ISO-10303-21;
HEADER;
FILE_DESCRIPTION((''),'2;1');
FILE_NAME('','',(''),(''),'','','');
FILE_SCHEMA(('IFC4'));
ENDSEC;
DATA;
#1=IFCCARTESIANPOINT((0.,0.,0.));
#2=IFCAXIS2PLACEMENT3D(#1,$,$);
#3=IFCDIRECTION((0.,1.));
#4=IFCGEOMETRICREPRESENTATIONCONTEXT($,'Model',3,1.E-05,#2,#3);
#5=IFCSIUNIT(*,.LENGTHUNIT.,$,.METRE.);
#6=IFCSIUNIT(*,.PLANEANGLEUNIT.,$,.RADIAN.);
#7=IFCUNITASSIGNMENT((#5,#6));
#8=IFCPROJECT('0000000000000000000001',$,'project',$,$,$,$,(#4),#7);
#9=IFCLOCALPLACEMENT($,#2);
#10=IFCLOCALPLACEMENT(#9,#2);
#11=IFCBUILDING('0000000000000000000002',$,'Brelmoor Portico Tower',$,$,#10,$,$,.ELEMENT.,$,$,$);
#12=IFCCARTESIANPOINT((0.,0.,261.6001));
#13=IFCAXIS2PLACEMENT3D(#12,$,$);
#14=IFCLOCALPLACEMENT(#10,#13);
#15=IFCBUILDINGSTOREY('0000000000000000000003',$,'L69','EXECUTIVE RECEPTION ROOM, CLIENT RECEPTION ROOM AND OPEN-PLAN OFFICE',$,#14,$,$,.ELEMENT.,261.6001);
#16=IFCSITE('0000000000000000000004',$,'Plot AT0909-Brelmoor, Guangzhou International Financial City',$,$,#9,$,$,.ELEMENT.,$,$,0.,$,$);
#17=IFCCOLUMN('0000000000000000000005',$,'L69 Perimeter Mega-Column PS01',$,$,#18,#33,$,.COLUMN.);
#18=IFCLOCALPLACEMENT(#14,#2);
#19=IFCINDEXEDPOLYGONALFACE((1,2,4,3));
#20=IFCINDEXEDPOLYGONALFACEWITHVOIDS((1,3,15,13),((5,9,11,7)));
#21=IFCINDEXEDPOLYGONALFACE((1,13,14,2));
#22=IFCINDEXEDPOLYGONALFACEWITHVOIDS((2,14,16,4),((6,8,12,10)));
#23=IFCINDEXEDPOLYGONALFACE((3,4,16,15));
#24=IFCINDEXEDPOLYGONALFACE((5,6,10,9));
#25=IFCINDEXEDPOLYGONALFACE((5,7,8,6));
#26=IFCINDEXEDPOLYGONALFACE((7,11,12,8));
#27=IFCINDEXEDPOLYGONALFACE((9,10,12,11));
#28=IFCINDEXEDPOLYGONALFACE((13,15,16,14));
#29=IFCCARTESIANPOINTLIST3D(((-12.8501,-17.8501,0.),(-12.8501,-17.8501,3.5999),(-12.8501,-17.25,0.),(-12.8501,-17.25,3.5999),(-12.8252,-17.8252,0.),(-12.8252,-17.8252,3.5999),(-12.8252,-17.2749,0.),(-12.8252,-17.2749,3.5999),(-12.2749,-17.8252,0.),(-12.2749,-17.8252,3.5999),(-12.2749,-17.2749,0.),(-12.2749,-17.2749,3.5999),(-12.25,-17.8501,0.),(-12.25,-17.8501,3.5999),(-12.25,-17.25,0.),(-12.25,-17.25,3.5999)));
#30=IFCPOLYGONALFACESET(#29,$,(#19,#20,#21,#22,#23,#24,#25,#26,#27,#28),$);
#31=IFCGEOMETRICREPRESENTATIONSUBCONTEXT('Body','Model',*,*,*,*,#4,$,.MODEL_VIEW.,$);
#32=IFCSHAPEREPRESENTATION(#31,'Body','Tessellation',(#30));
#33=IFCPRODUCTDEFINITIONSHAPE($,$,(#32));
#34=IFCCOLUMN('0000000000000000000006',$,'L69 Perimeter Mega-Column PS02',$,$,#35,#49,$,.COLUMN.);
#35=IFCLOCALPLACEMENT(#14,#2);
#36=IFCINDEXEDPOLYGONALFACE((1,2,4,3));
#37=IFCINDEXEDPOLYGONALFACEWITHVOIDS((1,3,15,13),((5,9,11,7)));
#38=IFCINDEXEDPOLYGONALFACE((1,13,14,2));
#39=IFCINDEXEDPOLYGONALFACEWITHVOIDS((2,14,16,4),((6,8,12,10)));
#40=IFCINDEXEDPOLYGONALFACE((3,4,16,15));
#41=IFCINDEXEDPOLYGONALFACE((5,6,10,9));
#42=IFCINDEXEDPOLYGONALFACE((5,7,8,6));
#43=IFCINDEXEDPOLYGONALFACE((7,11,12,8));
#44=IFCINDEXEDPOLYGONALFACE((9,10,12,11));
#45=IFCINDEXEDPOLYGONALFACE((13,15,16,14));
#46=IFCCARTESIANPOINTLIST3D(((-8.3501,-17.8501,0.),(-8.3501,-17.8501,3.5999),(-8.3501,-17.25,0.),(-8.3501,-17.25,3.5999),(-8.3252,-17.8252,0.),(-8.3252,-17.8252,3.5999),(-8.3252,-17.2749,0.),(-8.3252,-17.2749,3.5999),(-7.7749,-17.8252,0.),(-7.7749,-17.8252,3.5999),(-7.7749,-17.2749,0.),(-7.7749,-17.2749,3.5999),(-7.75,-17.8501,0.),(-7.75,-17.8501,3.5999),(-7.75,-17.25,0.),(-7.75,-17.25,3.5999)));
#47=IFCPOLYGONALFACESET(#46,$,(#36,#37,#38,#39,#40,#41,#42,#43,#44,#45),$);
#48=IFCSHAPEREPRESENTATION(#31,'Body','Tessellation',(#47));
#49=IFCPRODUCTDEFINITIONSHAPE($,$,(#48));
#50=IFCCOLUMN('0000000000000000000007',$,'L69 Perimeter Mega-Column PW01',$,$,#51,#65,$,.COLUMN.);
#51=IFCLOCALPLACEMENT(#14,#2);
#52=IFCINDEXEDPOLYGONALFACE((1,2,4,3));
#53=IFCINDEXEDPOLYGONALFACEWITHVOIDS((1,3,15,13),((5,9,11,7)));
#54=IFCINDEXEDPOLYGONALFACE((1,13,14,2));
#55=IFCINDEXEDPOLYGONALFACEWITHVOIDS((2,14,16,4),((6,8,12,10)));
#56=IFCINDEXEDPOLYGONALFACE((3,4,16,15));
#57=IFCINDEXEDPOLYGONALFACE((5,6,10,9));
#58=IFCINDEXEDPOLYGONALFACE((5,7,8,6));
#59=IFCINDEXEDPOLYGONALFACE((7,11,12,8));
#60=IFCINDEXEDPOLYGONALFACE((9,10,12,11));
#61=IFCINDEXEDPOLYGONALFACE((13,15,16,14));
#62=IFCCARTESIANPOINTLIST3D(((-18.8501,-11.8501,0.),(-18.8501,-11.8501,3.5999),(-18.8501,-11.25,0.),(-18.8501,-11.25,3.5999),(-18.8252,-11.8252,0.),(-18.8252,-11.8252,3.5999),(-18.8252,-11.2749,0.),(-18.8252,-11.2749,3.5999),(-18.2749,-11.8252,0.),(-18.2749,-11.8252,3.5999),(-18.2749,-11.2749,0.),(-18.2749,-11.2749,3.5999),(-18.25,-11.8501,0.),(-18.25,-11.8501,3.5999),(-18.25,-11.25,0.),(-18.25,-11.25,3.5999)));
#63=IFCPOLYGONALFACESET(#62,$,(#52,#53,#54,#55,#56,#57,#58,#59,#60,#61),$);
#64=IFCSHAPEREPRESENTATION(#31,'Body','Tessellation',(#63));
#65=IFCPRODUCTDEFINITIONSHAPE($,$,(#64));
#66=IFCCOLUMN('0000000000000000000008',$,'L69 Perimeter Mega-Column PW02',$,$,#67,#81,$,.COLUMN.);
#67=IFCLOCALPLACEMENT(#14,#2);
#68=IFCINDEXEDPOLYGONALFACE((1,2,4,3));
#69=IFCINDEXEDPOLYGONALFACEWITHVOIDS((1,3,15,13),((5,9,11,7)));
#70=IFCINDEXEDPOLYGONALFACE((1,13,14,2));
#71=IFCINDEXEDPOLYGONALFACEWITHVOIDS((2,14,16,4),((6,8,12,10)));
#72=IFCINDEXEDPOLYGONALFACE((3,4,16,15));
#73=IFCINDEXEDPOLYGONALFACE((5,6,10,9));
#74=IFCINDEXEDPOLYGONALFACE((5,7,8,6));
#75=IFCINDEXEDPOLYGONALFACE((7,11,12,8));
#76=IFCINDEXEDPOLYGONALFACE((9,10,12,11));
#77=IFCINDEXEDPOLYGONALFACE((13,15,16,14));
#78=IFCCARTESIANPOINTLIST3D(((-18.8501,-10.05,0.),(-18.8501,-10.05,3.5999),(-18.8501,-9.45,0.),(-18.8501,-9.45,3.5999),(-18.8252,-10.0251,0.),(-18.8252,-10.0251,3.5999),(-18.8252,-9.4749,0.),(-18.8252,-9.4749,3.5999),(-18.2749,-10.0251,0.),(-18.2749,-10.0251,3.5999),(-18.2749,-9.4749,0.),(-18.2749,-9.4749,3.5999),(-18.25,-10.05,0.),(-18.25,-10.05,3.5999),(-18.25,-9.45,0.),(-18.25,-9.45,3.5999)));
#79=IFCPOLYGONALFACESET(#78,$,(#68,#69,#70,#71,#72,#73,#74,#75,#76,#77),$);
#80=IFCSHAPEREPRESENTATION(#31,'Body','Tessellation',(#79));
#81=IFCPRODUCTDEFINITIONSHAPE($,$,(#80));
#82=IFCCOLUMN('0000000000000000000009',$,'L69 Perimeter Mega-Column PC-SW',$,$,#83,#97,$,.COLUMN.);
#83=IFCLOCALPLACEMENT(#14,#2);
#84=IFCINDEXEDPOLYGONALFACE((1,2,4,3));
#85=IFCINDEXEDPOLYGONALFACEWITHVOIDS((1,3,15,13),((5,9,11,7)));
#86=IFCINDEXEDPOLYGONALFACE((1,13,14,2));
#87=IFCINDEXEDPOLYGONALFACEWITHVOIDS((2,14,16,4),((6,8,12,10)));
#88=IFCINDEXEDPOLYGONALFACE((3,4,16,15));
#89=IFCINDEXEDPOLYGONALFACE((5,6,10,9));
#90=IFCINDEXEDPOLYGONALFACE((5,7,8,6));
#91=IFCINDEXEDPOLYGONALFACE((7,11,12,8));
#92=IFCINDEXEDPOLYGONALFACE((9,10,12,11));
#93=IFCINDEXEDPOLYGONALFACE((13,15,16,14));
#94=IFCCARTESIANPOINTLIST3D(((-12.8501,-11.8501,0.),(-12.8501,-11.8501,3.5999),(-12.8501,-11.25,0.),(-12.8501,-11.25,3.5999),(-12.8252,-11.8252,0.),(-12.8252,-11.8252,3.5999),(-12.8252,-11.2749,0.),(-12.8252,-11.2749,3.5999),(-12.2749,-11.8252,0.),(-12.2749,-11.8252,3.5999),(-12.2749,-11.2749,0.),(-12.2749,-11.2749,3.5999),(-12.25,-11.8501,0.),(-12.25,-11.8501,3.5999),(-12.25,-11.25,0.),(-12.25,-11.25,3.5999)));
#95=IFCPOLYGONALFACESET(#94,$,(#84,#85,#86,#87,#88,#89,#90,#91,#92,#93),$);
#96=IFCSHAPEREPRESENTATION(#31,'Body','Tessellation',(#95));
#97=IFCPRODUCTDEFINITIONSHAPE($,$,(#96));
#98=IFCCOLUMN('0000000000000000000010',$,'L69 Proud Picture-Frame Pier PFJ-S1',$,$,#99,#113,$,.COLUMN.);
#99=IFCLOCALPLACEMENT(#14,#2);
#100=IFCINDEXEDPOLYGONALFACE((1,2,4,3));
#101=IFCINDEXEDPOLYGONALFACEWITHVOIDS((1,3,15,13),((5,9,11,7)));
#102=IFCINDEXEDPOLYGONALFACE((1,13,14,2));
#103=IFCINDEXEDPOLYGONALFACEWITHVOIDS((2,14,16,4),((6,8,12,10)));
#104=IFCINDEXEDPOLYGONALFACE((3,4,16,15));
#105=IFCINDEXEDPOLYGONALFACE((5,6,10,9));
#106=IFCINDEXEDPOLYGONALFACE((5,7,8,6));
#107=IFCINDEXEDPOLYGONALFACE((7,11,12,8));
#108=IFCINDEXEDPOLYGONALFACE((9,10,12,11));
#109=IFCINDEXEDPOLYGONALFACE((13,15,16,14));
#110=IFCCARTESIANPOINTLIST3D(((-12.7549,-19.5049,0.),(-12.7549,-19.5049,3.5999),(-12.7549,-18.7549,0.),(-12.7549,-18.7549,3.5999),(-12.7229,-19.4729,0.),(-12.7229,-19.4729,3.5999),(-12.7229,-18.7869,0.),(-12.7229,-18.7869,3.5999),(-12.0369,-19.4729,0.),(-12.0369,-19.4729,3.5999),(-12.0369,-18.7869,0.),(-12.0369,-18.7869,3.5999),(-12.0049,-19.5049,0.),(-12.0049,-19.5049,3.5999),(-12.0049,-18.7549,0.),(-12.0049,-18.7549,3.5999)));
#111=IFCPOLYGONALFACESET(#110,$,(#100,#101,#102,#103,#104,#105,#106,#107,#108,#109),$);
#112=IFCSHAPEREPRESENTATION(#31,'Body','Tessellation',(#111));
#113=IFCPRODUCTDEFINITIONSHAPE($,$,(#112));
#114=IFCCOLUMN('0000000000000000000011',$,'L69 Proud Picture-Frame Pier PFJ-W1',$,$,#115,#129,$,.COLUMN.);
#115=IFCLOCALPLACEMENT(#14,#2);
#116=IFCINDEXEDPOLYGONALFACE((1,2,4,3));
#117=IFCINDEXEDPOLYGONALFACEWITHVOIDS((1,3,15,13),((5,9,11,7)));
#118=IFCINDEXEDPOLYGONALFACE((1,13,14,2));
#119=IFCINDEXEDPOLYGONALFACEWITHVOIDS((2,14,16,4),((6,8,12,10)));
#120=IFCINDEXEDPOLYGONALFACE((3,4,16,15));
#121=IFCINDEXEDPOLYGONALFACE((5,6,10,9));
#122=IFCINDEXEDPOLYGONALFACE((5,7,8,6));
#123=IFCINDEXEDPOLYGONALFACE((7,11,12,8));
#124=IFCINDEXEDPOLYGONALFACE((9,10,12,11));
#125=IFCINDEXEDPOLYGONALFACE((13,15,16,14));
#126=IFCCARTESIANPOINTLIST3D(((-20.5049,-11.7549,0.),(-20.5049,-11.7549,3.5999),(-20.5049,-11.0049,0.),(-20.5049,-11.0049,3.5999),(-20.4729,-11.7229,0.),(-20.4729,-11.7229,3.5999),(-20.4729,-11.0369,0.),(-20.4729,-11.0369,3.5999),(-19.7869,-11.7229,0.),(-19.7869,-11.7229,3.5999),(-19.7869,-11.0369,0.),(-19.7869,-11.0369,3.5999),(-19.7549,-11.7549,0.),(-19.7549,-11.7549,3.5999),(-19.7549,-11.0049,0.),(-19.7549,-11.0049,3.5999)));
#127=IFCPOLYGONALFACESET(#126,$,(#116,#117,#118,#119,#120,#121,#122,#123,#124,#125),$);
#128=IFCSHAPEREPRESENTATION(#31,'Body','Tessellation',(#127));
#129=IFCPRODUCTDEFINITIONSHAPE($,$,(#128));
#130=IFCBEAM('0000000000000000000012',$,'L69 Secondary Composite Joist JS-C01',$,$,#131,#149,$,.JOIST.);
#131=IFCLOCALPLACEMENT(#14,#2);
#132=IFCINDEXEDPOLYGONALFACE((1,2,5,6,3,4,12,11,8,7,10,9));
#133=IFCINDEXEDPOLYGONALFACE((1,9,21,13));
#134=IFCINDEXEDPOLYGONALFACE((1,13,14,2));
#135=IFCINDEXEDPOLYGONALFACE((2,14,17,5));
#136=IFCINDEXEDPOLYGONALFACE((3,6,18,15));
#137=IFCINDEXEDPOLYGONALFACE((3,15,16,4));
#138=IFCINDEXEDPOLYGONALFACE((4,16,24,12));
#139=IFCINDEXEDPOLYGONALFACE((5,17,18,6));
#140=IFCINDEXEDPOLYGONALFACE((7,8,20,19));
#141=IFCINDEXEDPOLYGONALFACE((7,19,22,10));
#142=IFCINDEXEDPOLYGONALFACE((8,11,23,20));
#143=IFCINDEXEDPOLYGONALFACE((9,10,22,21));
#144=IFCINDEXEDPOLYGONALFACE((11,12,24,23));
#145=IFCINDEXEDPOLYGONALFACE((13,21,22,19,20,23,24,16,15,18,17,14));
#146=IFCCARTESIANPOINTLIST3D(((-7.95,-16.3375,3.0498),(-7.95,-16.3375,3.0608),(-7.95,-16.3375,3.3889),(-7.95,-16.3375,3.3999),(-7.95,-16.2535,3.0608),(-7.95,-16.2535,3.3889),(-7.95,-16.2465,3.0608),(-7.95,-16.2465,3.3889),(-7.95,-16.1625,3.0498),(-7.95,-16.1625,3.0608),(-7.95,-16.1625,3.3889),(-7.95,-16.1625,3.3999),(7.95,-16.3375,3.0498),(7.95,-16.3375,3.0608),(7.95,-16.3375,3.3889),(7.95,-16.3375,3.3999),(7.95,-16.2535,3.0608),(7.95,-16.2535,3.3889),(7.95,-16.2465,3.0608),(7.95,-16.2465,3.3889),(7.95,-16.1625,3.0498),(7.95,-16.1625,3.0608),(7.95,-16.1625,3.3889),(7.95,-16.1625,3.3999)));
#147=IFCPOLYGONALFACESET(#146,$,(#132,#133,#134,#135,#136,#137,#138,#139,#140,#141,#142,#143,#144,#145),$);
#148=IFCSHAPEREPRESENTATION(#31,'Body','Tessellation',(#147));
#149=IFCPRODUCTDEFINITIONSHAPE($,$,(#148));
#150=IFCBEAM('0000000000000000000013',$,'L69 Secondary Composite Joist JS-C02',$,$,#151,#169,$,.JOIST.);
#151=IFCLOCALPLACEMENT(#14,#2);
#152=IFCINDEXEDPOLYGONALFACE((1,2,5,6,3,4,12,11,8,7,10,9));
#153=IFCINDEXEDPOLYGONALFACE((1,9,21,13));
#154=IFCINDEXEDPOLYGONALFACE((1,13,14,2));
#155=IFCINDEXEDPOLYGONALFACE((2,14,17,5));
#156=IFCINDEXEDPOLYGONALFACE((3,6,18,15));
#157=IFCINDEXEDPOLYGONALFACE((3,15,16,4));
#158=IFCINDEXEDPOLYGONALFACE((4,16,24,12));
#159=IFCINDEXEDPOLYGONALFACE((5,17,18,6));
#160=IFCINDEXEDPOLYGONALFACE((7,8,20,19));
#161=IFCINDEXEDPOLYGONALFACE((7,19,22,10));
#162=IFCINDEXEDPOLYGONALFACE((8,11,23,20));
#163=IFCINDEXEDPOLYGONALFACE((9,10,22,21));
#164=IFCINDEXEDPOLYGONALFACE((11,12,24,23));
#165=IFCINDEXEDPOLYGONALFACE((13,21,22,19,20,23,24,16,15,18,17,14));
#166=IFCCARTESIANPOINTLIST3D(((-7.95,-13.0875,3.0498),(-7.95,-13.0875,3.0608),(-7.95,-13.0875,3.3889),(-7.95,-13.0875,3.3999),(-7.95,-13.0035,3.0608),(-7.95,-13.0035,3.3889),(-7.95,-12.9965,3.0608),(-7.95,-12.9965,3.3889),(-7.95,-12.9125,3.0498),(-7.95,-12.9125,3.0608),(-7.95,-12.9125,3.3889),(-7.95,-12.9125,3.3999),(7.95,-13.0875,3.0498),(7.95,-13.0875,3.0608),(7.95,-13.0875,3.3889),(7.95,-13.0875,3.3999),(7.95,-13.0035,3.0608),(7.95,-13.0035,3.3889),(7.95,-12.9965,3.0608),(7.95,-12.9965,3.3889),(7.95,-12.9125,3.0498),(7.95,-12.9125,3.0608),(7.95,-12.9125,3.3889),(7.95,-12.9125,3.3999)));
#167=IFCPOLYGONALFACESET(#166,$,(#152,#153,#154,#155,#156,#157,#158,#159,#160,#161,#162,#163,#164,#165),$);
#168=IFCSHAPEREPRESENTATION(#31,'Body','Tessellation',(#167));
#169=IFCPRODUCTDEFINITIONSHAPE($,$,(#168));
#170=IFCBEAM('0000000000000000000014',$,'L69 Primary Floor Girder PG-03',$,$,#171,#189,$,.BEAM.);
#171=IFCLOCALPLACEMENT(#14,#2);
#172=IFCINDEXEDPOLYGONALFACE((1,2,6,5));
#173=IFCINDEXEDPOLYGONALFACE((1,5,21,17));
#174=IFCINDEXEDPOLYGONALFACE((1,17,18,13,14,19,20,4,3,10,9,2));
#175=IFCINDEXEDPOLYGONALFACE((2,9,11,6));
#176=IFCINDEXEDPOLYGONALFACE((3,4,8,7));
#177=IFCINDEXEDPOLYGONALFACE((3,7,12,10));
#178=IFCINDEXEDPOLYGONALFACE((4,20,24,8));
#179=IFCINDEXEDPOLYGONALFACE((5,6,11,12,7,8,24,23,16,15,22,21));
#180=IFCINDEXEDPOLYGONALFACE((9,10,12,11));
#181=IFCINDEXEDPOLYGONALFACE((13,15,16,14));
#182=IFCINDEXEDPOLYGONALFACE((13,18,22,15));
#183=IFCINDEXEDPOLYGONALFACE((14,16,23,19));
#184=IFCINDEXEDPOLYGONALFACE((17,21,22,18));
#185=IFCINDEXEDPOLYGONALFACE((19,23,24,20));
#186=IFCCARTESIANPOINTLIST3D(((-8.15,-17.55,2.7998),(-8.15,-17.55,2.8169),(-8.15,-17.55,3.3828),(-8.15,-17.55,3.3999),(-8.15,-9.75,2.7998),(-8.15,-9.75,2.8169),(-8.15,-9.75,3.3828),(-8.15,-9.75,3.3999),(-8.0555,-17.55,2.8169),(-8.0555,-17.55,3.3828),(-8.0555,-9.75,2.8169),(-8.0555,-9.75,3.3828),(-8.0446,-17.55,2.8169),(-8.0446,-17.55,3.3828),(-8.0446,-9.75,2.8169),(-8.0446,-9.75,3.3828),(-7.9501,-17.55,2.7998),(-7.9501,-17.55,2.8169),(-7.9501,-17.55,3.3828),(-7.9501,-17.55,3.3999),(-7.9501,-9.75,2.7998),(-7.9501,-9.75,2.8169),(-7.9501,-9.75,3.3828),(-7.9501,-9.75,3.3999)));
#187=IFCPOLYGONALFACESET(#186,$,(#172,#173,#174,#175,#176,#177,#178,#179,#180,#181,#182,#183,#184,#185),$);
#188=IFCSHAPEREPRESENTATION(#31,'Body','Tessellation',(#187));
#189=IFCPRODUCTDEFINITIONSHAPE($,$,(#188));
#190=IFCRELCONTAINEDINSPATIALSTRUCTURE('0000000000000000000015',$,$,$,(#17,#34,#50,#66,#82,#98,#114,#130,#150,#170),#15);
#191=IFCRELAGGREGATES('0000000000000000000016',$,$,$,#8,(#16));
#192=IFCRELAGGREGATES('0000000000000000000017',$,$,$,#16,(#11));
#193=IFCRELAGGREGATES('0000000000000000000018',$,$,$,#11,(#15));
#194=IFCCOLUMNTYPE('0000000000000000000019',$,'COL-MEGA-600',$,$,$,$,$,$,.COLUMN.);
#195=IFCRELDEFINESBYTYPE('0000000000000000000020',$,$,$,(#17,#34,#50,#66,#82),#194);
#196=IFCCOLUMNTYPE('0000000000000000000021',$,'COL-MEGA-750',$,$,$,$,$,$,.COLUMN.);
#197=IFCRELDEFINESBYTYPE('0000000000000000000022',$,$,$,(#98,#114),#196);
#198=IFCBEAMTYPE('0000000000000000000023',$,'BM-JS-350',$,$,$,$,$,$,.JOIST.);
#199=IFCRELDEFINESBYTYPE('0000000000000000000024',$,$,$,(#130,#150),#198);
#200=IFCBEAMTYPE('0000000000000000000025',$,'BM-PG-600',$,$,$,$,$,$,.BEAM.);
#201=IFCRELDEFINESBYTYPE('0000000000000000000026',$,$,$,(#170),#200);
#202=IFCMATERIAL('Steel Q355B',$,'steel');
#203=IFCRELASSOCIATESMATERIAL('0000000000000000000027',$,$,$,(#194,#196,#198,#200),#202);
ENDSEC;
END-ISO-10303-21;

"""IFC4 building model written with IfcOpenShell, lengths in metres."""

from ifc_helpers import new_model, si_unit, direction, frame, origin, origin_2d, place, context, subcontext, project, spatial, hollow_rectangle, i_section, extrude, material, material_profile, profile_set, type_object, element, save


model = new_model("IFC4")

# Units and contexts
model_context = context("Model", 3, precision=1e-05, world=origin(), true_north=direction((0.0, 1.0)))
body_context = subcontext(model_context, "Body", "Model", "MODEL_VIEW")
ifc_project = project(units=[si_unit("LENGTHUNIT", "METRE"), si_unit("PLANEANGLEUNIT", "RADIAN")], contexts=[model_context])

# Site, building, storey
site_placement = place(None, origin())
site = spatial("IfcSite", under=ifc_project, at=site_placement, Name="Plot AT0909-Brelmoor, Guangzhou International Financial City", CompositionType="ELEMENT", RefElevation=0.0)
building_placement = place(site_placement, origin())
building = spatial("IfcBuilding", under=site, at=building_placement, Name="Brelmoor Portico Tower", CompositionType="ELEMENT")
storey_placement = place(building_placement, frame((0.0, 0.0, 261.6001)))
storey = spatial("IfcBuildingStorey", under=building, at=storey_placement, Name="L69", Description="EXECUTIVE RECEPTION ROOM, CLIENT RECEPTION ROOM AND OPEN-PLAN OFFICE", CompositionType="ELEMENT", Elevation=261.6001)

# Columns
ifc_material_1 = material(Name="Steel Q355B", Category="steel")
ifc_material_profile_1 = material_profile(ifc_material_1, hollow_rectangle(XDim=0.6001, YDim=0.6001, WallThickness=0.0249, at=origin_2d()), Name="BOX 600x600x25")
ifc_profile_set_1 = profile_set([ifc_material_profile_1], Name="Steel Q355B")
column_type_1 = type_object("IfcColumnType", Name="COL-MEGA-600", PredefinedType="COLUMN", material=ifc_profile_set_1)
for number, where, z_axis, x_axis, name in (
    (1, (-12.55, -17.55, 0.0), (0.0, 0.0, 1.0), (1.0, 0.0, 0.0), "L69 Perimeter Mega-Column PS01"),
    (2, (-8.05, -17.55, 0.0), (0.0, 0.0, 1.0), (1.0, 0.0, 0.0), "L69 Perimeter Mega-Column PS02"),
    (3, (-18.55, -11.55, 0.0), (0.0, 0.0, 1.0), (0.0, 1.0, 0.0), "L69 Perimeter Mega-Column PW01"),
    (4, (-18.55, -9.75, 0.0), (0.0, 0.0, 1.0), (0.0, 1.0, 0.0), "L69 Perimeter Mega-Column PW02"),
    (5, (-12.55, -11.55, 0.0), (0.0, 0.0, 1.0), (1.0, 0.0, 0.0), "L69 Perimeter Mega-Column PC-SW"),
):
    element("IfcColumn", number, at=place(storey_placement, frame(where, z_axis=z_axis, x_axis=x_axis)), inside=storey, type_object=column_type_1, Name=name, PredefinedType="COLUMN", context=body_context, shape_type="SweptSolid", body=[
        extrude(hollow_rectangle(XDim=0.6001, YDim=0.6001, WallThickness=0.0249, at=origin_2d()), origin(), (0.0, 0.0, 1.0), 3.5999),
    ])
ifc_material_profile_2 = material_profile(ifc_material_1, hollow_rectangle(XDim=0.75, YDim=0.75, WallThickness=0.032, at=origin_2d()), Name="BOX 750x750x32")
ifc_profile_set_2 = profile_set([ifc_material_profile_2], Name="Steel Q355B")
column_type_2 = type_object("IfcColumnType", Name="COL-MEGA-750", PredefinedType="COLUMN", material=ifc_profile_set_2)
for number, where, z_axis, x_axis, name in (
    (6, (-12.3799, -19.1299, 0.0), (0.0, 0.0, 1.0), (1.0, 0.0, 0.0), "L69 Proud Picture-Frame Pier PFJ-S1"),
    (7, (-20.1299, -11.3799, 0.0), (0.0, 0.0, 1.0), (0.0, 1.0, 0.0), "L69 Proud Picture-Frame Pier PFJ-W1"),
):
    element("IfcColumn", number, at=place(storey_placement, frame(where, z_axis=z_axis, x_axis=x_axis)), inside=storey, type_object=column_type_2, Name=name, PredefinedType="COLUMN", context=body_context, shape_type="SweptSolid", body=[
        extrude(hollow_rectangle(XDim=0.75, YDim=0.75, WallThickness=0.032, at=origin_2d()), origin(), (0.0, 0.0, 1.0), 3.5999),
    ])

# Beams
ifc_material_profile_3 = material_profile(ifc_material_1, i_section(OverallWidth=0.175, OverallDepth=0.3501, WebThickness=0.0071, FlangeThickness=0.011, at=origin_2d()), Name="HN 350x175x7x11")
ifc_profile_set_3 = profile_set([ifc_material_profile_3], Name="Steel Q355B")
beam_type_1 = type_object("IfcBeamType", Name="BM-JS-350", PredefinedType="JOIST", material=ifc_profile_set_3)
for number, where, z_axis, x_axis, name in (
    (8, (-7.95, -16.25, 3.2249), (1.0, 0.0, 0.0), (0.0, 1.0, 0.0), "L69 Secondary Composite Joist JS-C01"),
    (9, (-7.95, -13.0, 3.2249), (1.0, 0.0, 0.0), (0.0, 1.0, 0.0), "L69 Secondary Composite Joist JS-C02"),
):
    element("IfcBeam", number, at=place(storey_placement, frame(where, z_axis=z_axis, x_axis=x_axis)), inside=storey, type_object=beam_type_1, Name=name, PredefinedType="JOIST", context=body_context, shape_type="SweptSolid", body=[
        extrude(i_section(OverallWidth=0.175, OverallDepth=0.3501, WebThickness=0.0071, FlangeThickness=0.011, at=origin_2d()), origin(), (0.0, 0.0, 1.0), 15.8999),
    ])
ifc_material_profile_4 = material_profile(ifc_material_1, i_section(OverallWidth=0.2, OverallDepth=0.6001, WebThickness=0.011, FlangeThickness=0.0171, at=origin_2d()), Name="HN 600x200x11x17")
ifc_profile_set_4 = profile_set([ifc_material_profile_4], Name="Steel Q355B")
beam_type_2 = type_object("IfcBeamType", Name="BM-PG-600", PredefinedType="BEAM", material=ifc_profile_set_4)
beam_1_placement = place(storey_placement, frame((-8.05, -17.55, 3.0999), z_axis=(0.0, 1.0, 0.0), x_axis=(-1.0, 0.0, 0.0)))
element("IfcBeam", 10, at=beam_1_placement, inside=storey, type_object=beam_type_2, Name="L69 Primary Floor Girder PG-03", PredefinedType="BEAM", context=body_context, shape_type="SweptSolid", body=[
    extrude(i_section(OverallWidth=0.2, OverallDepth=0.6001, WebThickness=0.011, FlangeThickness=0.0171, at=origin_2d()), origin(), (0.0, 0.0, 1.0), 7.8),
])

save(model, "model.ifc")
